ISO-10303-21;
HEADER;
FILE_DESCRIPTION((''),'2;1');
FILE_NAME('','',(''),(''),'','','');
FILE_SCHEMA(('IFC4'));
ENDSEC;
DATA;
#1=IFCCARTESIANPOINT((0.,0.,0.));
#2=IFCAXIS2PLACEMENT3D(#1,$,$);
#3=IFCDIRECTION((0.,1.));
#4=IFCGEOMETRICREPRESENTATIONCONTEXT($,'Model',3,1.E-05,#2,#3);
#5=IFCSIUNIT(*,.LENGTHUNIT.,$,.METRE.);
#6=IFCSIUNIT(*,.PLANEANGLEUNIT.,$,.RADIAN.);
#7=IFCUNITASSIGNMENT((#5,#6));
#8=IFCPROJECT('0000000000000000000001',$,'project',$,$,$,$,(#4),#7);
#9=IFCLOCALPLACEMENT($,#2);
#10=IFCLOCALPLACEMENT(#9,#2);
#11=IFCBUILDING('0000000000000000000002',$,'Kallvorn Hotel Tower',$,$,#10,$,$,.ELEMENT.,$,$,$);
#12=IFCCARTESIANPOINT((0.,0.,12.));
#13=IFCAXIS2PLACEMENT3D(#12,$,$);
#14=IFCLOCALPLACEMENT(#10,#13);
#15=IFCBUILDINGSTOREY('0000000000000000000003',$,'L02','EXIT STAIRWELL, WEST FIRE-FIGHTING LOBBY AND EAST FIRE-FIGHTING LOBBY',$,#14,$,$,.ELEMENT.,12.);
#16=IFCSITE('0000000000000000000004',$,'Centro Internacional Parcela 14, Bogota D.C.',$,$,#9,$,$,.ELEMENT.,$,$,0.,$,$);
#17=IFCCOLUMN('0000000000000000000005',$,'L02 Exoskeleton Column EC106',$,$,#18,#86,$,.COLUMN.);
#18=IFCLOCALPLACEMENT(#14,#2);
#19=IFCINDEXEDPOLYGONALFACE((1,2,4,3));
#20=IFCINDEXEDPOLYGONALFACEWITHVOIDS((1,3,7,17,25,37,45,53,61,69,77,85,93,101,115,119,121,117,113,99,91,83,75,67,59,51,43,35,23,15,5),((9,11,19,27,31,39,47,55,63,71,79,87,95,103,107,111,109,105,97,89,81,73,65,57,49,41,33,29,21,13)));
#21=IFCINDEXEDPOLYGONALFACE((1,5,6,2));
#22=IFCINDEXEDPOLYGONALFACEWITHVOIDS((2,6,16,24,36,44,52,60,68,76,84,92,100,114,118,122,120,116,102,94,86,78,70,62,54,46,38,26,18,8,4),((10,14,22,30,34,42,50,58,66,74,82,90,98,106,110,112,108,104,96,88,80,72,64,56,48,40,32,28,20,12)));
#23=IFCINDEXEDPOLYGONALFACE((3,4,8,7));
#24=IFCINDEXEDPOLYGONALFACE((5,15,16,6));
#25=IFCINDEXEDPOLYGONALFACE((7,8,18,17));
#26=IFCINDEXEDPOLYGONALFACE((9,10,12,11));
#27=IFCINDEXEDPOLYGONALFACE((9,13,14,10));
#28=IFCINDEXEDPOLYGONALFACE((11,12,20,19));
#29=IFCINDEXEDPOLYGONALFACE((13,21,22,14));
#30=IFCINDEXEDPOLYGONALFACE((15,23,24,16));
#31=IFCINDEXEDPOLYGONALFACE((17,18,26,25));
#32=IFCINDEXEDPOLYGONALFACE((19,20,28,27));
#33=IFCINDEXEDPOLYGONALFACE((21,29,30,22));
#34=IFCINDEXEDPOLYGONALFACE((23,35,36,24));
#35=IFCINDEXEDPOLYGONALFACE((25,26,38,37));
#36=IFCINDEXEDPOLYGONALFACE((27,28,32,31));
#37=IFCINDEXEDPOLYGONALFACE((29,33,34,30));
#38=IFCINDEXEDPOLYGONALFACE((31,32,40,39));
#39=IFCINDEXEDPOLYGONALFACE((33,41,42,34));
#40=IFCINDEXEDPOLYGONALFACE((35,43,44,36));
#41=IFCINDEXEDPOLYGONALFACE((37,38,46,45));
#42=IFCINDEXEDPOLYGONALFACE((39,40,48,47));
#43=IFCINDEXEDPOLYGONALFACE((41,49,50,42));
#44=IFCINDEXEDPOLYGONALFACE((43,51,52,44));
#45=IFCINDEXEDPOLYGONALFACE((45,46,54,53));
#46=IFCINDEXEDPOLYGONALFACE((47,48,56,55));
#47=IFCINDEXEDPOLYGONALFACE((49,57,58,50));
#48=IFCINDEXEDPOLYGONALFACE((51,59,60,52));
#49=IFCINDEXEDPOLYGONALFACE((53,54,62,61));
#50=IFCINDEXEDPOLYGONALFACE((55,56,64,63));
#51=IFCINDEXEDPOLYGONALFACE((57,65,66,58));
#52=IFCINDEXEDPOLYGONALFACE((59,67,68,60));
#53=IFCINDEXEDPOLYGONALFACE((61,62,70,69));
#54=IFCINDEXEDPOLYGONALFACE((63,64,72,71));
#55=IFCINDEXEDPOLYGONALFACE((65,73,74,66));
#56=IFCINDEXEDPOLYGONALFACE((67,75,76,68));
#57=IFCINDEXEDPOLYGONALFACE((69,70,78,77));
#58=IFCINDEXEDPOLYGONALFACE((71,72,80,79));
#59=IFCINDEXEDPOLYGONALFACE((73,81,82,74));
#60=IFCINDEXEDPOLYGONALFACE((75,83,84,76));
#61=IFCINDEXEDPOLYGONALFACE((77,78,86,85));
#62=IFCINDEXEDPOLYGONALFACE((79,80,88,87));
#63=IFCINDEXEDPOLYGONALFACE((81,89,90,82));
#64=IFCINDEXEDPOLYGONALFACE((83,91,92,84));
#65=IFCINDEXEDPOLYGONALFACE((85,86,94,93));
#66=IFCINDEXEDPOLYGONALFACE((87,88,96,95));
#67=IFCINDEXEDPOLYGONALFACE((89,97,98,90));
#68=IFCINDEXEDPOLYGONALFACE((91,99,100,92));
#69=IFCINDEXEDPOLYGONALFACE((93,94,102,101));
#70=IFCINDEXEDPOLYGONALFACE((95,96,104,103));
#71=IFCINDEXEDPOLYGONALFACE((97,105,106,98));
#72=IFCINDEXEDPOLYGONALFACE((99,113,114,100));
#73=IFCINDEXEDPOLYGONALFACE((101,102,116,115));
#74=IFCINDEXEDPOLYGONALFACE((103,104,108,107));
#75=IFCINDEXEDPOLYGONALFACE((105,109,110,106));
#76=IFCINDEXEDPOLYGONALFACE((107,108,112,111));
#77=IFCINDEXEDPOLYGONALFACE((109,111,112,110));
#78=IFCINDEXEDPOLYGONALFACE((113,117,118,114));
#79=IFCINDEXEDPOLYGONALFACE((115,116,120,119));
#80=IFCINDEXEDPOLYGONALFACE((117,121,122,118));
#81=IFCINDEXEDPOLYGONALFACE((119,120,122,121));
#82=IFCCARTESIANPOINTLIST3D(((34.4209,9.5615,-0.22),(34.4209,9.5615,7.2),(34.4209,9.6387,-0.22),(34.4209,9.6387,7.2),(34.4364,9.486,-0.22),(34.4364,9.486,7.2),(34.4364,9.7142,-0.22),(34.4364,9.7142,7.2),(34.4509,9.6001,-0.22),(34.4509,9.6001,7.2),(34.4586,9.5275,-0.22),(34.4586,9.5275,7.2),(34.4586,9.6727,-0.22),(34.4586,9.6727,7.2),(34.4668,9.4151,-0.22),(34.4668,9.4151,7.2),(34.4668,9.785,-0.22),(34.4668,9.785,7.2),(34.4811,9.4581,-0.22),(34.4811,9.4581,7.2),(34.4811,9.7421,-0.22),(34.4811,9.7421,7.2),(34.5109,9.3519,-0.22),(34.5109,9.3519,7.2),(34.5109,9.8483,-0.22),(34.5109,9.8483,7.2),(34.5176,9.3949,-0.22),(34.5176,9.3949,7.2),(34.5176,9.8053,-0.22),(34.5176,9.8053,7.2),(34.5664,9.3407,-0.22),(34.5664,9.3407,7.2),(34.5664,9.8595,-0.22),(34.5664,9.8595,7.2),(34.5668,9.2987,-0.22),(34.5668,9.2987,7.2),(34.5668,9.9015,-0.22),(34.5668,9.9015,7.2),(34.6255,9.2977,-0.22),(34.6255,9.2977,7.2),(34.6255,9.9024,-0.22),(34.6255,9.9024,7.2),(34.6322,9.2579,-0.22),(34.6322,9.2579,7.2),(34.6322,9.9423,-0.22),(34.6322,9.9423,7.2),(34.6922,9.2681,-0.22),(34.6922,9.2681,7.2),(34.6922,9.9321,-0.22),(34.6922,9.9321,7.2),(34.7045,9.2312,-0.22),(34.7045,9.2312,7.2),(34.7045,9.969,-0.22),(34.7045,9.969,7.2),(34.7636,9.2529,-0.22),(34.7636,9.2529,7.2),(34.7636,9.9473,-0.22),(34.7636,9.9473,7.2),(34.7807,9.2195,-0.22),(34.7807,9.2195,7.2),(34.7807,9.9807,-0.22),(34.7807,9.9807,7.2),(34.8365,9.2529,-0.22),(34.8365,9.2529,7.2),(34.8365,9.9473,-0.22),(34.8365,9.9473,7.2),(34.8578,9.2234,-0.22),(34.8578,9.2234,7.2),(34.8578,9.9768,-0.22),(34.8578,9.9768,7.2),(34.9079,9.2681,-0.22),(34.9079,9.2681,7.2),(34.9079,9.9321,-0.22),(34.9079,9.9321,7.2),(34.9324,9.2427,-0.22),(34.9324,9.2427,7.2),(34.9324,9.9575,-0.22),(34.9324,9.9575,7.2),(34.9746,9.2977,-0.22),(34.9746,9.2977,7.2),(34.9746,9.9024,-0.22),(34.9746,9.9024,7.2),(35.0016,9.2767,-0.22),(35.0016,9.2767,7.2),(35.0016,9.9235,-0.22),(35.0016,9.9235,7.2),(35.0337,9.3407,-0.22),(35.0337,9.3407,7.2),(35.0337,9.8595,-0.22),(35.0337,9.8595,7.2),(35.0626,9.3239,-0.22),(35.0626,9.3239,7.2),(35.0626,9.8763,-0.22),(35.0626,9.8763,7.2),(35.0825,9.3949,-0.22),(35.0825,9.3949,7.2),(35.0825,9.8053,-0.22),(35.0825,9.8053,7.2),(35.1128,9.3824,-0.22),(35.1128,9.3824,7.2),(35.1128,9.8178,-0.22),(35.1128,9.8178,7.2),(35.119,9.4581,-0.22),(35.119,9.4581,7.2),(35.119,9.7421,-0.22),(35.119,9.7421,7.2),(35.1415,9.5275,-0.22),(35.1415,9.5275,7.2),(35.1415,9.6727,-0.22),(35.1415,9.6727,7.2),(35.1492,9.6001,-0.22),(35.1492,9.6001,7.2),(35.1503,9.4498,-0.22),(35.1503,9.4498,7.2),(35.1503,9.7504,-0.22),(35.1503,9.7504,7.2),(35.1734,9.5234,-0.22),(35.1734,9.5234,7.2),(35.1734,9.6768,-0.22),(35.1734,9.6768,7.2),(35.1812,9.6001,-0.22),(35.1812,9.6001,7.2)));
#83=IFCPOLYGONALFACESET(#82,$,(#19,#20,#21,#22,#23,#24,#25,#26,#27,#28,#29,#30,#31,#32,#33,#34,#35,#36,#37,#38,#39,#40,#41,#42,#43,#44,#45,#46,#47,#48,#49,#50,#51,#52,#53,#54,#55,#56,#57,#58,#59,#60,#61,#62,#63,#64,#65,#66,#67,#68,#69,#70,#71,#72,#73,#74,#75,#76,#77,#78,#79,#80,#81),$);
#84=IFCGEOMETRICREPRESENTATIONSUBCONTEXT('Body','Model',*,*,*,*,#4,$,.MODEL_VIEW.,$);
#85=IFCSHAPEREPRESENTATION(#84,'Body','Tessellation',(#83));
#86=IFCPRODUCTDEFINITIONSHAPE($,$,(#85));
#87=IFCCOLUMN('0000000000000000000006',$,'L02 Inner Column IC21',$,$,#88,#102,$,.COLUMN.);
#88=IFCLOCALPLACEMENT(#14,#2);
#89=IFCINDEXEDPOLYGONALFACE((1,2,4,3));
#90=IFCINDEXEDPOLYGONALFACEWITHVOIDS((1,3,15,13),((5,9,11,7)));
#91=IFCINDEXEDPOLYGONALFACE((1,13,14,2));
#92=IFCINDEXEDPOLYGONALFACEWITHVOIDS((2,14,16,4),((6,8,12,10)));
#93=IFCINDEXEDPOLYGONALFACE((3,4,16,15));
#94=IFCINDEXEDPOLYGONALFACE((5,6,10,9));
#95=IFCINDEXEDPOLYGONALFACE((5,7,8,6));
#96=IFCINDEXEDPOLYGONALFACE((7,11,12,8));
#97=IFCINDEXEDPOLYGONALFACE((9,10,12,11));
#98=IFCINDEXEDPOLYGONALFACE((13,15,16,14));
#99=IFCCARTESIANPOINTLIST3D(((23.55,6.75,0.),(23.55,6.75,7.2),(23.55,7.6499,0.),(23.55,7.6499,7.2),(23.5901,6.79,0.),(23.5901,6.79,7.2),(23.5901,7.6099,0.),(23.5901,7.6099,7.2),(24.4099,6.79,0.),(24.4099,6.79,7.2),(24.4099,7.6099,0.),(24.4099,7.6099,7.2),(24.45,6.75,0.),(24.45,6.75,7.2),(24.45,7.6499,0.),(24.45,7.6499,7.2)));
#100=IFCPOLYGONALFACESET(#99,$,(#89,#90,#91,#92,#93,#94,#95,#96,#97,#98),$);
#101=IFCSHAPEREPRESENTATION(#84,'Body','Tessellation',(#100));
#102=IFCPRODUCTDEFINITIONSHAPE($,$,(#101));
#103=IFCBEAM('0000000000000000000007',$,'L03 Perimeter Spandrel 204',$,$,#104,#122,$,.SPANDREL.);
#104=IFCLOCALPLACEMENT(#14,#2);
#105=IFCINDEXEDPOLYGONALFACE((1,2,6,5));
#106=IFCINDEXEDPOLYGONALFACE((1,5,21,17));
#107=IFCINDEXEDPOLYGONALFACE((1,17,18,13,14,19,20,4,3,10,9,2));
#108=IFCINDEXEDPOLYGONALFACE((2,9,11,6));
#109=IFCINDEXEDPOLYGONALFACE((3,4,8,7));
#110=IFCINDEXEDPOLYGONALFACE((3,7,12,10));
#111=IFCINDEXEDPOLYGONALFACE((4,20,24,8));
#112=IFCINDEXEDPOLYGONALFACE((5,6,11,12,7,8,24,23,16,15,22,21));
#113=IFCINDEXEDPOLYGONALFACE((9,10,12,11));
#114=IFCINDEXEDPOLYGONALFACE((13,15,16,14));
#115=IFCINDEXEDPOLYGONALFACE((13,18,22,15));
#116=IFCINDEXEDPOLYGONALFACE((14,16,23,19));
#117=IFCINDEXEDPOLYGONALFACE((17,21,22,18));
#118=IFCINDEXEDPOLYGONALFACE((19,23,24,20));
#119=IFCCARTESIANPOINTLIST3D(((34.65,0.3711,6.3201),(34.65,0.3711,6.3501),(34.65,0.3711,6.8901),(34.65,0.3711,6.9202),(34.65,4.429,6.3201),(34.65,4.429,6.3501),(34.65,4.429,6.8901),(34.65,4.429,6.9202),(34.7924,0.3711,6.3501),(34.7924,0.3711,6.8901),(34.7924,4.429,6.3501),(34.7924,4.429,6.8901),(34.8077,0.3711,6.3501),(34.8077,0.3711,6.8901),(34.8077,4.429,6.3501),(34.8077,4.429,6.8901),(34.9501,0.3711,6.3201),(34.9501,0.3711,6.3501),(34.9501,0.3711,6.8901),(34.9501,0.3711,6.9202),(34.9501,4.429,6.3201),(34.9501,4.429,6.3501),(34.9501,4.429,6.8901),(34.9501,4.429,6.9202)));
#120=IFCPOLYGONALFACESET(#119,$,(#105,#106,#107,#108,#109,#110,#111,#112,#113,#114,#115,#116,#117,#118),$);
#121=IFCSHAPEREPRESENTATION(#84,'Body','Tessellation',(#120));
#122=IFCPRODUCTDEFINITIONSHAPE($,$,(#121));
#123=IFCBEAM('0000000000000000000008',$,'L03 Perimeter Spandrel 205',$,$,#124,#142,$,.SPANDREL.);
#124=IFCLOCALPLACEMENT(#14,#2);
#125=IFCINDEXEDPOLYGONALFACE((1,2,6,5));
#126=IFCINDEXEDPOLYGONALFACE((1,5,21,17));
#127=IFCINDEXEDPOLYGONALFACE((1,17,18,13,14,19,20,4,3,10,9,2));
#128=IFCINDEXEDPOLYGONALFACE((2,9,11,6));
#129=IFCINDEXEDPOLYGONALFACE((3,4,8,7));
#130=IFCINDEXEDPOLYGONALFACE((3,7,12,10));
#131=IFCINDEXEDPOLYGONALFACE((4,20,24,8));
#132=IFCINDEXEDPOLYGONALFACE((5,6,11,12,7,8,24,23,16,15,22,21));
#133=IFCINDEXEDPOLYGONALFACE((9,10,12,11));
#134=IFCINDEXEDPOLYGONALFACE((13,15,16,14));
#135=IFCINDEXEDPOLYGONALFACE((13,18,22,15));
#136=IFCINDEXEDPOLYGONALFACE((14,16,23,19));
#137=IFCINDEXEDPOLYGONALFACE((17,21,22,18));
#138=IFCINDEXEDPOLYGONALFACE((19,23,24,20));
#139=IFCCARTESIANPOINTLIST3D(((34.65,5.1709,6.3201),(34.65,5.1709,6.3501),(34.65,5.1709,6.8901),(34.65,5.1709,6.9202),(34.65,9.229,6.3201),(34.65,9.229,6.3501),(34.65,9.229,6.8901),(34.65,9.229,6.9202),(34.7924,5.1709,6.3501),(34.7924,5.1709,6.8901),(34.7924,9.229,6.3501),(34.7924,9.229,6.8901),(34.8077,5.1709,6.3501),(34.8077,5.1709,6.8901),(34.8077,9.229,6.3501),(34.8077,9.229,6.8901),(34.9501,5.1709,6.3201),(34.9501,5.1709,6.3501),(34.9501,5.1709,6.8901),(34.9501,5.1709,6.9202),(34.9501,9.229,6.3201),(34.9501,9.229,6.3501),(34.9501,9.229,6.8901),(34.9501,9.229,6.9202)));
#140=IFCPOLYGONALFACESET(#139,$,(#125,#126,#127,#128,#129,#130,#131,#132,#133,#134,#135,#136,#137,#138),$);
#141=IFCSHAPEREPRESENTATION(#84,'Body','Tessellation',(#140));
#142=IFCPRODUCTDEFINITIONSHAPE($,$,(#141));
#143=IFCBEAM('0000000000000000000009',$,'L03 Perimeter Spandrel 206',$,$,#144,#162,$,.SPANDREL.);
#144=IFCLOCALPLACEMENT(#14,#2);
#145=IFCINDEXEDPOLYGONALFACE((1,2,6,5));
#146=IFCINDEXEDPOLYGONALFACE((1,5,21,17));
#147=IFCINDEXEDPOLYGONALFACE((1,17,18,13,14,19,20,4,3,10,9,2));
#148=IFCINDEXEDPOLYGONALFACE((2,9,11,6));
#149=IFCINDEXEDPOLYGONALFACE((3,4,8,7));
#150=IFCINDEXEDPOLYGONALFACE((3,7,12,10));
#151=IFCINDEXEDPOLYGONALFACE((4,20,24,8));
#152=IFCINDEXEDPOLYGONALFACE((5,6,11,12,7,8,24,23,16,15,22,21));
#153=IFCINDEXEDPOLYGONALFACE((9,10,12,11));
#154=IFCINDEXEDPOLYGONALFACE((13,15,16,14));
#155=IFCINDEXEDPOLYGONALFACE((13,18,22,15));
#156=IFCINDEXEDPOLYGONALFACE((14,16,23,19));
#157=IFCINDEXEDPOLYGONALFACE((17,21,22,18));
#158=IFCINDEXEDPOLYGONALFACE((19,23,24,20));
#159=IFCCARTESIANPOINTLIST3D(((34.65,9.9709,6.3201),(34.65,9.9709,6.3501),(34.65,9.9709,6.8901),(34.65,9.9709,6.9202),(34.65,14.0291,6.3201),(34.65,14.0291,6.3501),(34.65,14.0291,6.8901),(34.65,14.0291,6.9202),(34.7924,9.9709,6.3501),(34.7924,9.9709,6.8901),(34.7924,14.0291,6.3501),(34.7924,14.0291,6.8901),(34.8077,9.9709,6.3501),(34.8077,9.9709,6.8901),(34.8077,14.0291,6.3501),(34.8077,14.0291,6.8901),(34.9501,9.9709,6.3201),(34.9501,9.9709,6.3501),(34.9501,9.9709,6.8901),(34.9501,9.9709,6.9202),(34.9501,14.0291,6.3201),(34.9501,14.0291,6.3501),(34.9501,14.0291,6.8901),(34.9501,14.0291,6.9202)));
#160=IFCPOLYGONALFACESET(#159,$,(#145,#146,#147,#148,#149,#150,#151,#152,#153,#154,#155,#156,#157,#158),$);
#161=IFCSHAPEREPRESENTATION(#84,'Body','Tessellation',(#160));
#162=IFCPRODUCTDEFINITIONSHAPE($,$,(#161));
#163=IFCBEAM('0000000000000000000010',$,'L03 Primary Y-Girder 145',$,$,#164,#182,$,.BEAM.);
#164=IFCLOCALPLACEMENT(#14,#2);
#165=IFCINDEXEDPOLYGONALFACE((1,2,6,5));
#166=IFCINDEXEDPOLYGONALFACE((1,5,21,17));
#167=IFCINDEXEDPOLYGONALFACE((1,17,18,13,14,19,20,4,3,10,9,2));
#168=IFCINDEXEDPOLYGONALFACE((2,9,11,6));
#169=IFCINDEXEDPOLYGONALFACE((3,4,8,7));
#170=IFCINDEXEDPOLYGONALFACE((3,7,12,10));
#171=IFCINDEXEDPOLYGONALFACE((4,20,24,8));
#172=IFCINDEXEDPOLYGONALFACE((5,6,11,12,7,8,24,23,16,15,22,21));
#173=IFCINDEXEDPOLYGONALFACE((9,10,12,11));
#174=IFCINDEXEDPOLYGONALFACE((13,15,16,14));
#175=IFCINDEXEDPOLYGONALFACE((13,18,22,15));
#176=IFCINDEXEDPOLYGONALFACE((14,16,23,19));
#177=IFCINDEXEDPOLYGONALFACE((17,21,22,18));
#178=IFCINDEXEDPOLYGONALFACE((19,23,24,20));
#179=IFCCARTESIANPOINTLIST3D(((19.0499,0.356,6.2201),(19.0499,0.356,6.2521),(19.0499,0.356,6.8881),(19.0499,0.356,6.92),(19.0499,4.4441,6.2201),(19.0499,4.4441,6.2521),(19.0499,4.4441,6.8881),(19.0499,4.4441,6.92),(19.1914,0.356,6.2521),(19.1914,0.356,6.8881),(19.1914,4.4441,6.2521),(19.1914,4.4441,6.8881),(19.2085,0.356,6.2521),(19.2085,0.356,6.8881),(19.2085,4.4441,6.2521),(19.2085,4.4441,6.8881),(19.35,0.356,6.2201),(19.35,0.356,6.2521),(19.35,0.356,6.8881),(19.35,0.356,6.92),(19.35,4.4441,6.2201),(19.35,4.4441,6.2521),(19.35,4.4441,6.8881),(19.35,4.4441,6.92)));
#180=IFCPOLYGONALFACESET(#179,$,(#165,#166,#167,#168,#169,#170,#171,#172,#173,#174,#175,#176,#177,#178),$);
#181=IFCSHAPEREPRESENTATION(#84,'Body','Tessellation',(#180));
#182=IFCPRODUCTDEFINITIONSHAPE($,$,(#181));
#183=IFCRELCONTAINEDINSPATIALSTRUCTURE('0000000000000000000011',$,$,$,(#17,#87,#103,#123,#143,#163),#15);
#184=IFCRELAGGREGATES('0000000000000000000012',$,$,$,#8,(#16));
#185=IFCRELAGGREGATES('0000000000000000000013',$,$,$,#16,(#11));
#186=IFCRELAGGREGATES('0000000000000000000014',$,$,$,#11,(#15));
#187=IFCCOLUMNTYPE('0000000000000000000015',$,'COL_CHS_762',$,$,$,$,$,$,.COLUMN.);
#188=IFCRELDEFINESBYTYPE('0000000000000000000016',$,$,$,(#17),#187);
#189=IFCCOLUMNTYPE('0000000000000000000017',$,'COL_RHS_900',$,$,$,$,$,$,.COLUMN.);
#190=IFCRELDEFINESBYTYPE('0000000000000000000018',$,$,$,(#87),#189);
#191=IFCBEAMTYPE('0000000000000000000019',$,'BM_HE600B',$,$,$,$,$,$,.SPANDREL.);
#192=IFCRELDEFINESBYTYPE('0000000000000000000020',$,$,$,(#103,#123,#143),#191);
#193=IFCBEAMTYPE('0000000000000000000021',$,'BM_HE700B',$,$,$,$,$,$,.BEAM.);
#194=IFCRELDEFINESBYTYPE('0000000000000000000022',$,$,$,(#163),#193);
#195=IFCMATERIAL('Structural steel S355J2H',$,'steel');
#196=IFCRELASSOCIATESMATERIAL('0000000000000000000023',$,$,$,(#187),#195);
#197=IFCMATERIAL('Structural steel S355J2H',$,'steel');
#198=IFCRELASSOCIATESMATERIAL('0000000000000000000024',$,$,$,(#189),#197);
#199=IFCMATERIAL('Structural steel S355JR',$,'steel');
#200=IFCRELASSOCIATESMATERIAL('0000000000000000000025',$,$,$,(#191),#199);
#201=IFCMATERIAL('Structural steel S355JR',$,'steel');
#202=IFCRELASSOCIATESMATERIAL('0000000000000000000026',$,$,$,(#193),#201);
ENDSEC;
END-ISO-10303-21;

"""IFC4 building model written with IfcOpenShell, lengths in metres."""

from ifc_helpers import new_model, si_unit, direction, frame, origin, origin_2d, place, context, subcontext, project, spatial, hollow_rectangle, hollow_circle, i_section, extrude, material, material_profile, profile_set, type_object, element, save


model = new_model("IFC4")

# Units and contexts
model_context = context("Model", 3, precision=1e-05, world=origin(), true_north=direction((0.0, 1.0)))
body_context = subcontext(model_context, "Body", "Model", "MODEL_VIEW")
ifc_project = project(units=[si_unit("LENGTHUNIT", "METRE"), si_unit("PLANEANGLEUNIT", "RADIAN")], contexts=[model_context])

# Site, building, storey
site_placement = place(None, origin())
site = spatial("IfcSite", under=ifc_project, at=site_placement, Name="Centro Internacional Parcela 14, Bogota D.C.", CompositionType="ELEMENT", RefElevation=0.0)
building_placement = place(site_placement, origin())
building = spatial("IfcBuilding", under=site, at=building_placement, Name="Kallvorn Hotel Tower", CompositionType="ELEMENT")
storey_placement = place(building_placement, frame((0.0, 0.0, 12.0)))
storey = spatial("IfcBuildingStorey", under=building, at=storey_placement, Name="L02", Description="EXIT STAIRWELL, WEST FIRE-FIGHTING LOBBY AND EAST FIRE-FIGHTING LOBBY", CompositionType="ELEMENT", Elevation=12.0)

# Columns
ifc_material_1 = material(Name="Structural steel S355J2H", Category="steel")
ifc_material_profile_1 = material_profile(ifc_material_1, hollow_circle(Radius=0.3811, WallThickness=0.032, at=origin_2d()), Name="CHS 762x32")
ifc_profile_set_1 = profile_set([ifc_material_profile_1], Name="Structural steel S355J2H")
column_type_1 = type_object("IfcColumnType", Name="COL_CHS_762", PredefinedType="COLUMN", material=ifc_profile_set_1)
for number, where, z_axis, x_axis, name in (
    (1, (34.8, 9.6001, -0.22), (0.0, 0.0, 1.0), (1.0, 0.0, 0.0), "L02 Exoskeleton Column EC106"),
):
    element("IfcColumn", number, at=place(storey_placement, frame(where, z_axis=z_axis, x_axis=x_axis)), inside=storey, type_object=column_type_1, Name=name, PredefinedType="COLUMN", context=body_context, shape_type="SweptSolid", body=[
        extrude(hollow_circle(Radius=0.3811, WallThickness=0.032, at=origin_2d()), origin(), (0.0, 0.0, 1.0), 7.4199),
    ])
ifc_material_2 = material(Name="Structural steel S355J2H", Category="steel")
ifc_material_profile_2 = material_profile(ifc_material_2, hollow_rectangle(XDim=0.8999, YDim=0.8999, WallThickness=0.04, at=origin_2d()), Name="RHS 900x900x40")
ifc_profile_set_2 = profile_set([ifc_material_profile_2], Name="Structural steel S355J2H")
column_type_2 = type_object("IfcColumnType", Name="COL_RHS_900", PredefinedType="COLUMN", material=ifc_profile_set_2)
column_placement = place(storey_placement, frame((24.0, 7.2, 0.0), z_axis=(0.0, 0.0, 1.0), x_axis=(1.0, 0.0, 0.0)))
element("IfcColumn", 2, at=column_placement, inside=storey, type_object=column_type_2, Name="L02 Inner Column IC21", PredefinedType="COLUMN", context=body_context, shape_type="SweptSolid", body=[
    extrude(hollow_rectangle(XDim=0.8999, YDim=0.8999, WallThickness=0.04, at=origin_2d()), origin(), (0.0, 0.0, 1.0), 7.2),
])

# Beams
ifc_material_3 = material(Name="Structural steel S355JR", Category="steel")
ifc_material_profile_3 = material_profile(ifc_material_3, i_section(OverallWidth=0.3, OverallDepth=0.6001, WebThickness=0.0154, FlangeThickness=0.03, at=origin_2d()), Name="HE 600 B")
ifc_profile_set_3 = profile_set([ifc_material_profile_3], Name="Structural steel S355JR")
beam_type_1 = type_object("IfcBeamType", Name="BM_HE600B", PredefinedType="SPANDREL", material=ifc_profile_set_3)
beam_1_placement = place(storey_placement, frame((34.8, 0.3711, 6.6201), z_axis=(0.0, 1.0, 0.0), x_axis=(-1.0, 0.0, 0.0)))
element("IfcBeam", 3, at=beam_1_placement, inside=storey, type_object=beam_type_1, Name="L03 Perimeter Spandrel 204", PredefinedType="SPANDREL", context=body_context, shape_type="SweptSolid", body=[
    extrude(i_section(OverallWidth=0.3, OverallDepth=0.6001, WebThickness=0.0154, FlangeThickness=0.03, at=origin_2d()), origin(), (0.0, 0.0, 1.0), 4.0579),
])
for number, where, z_axis, x_axis, name in (
    (4, (34.8, 5.1709, 6.6201), (0.0, 1.0, 0.0), (-1.0, 0.0, 0.0), "L03 Perimeter Spandrel 205"),
    (5, (34.8, 9.9709, 6.6201), (0.0, 1.0, 0.0), (-1.0, 0.0, 0.0), "L03 Perimeter Spandrel 206"),
):
    element("IfcBeam", number, at=place(storey_placement, frame(where, z_axis=z_axis, x_axis=x_axis)), inside=storey, type_object=beam_type_1, Name=name, PredefinedType="SPANDREL", context=body_context, shape_type="SweptSolid", body=[
        extrude(i_section(OverallWidth=0.3, OverallDepth=0.6001, WebThickness=0.0154, FlangeThickness=0.03, at=origin_2d()), origin(), (0.0, 0.0, 1.0), 4.0581),
    ])
ifc_material_4 = material(Name="Structural steel S355JR", Category="steel")
ifc_material_profile_4 = material_profile(ifc_material_4, i_section(OverallWidth=0.3, OverallDepth=0.7, WebThickness=0.0171, FlangeThickness=0.032, at=origin_2d()), Name="HE 700 B")
ifc_profile_set_4 = profile_set([ifc_material_profile_4], Name="Structural steel S355JR")
beam_type_2 = type_object("IfcBeamType", Name="BM_HE700B", PredefinedType="BEAM", material=ifc_profile_set_4)
beam_2_placement = place(storey_placement, frame((19.2, 0.356, 6.5701), z_axis=(0.0, 1.0, 0.0), x_axis=(-1.0, 0.0, 0.0)))
element("IfcBeam", 6, at=beam_2_placement, inside=storey, type_object=beam_type_2, Name="L03 Primary Y-Girder 145", PredefinedType="BEAM", context=body_context, shape_type="SweptSolid", body=[
    extrude(i_section(OverallWidth=0.3, OverallDepth=0.7, WebThickness=0.0171, FlangeThickness=0.032, at=origin_2d()), origin(), (0.0, 0.0, 1.0), 4.0881),
])

save(model, "model.ifc")
